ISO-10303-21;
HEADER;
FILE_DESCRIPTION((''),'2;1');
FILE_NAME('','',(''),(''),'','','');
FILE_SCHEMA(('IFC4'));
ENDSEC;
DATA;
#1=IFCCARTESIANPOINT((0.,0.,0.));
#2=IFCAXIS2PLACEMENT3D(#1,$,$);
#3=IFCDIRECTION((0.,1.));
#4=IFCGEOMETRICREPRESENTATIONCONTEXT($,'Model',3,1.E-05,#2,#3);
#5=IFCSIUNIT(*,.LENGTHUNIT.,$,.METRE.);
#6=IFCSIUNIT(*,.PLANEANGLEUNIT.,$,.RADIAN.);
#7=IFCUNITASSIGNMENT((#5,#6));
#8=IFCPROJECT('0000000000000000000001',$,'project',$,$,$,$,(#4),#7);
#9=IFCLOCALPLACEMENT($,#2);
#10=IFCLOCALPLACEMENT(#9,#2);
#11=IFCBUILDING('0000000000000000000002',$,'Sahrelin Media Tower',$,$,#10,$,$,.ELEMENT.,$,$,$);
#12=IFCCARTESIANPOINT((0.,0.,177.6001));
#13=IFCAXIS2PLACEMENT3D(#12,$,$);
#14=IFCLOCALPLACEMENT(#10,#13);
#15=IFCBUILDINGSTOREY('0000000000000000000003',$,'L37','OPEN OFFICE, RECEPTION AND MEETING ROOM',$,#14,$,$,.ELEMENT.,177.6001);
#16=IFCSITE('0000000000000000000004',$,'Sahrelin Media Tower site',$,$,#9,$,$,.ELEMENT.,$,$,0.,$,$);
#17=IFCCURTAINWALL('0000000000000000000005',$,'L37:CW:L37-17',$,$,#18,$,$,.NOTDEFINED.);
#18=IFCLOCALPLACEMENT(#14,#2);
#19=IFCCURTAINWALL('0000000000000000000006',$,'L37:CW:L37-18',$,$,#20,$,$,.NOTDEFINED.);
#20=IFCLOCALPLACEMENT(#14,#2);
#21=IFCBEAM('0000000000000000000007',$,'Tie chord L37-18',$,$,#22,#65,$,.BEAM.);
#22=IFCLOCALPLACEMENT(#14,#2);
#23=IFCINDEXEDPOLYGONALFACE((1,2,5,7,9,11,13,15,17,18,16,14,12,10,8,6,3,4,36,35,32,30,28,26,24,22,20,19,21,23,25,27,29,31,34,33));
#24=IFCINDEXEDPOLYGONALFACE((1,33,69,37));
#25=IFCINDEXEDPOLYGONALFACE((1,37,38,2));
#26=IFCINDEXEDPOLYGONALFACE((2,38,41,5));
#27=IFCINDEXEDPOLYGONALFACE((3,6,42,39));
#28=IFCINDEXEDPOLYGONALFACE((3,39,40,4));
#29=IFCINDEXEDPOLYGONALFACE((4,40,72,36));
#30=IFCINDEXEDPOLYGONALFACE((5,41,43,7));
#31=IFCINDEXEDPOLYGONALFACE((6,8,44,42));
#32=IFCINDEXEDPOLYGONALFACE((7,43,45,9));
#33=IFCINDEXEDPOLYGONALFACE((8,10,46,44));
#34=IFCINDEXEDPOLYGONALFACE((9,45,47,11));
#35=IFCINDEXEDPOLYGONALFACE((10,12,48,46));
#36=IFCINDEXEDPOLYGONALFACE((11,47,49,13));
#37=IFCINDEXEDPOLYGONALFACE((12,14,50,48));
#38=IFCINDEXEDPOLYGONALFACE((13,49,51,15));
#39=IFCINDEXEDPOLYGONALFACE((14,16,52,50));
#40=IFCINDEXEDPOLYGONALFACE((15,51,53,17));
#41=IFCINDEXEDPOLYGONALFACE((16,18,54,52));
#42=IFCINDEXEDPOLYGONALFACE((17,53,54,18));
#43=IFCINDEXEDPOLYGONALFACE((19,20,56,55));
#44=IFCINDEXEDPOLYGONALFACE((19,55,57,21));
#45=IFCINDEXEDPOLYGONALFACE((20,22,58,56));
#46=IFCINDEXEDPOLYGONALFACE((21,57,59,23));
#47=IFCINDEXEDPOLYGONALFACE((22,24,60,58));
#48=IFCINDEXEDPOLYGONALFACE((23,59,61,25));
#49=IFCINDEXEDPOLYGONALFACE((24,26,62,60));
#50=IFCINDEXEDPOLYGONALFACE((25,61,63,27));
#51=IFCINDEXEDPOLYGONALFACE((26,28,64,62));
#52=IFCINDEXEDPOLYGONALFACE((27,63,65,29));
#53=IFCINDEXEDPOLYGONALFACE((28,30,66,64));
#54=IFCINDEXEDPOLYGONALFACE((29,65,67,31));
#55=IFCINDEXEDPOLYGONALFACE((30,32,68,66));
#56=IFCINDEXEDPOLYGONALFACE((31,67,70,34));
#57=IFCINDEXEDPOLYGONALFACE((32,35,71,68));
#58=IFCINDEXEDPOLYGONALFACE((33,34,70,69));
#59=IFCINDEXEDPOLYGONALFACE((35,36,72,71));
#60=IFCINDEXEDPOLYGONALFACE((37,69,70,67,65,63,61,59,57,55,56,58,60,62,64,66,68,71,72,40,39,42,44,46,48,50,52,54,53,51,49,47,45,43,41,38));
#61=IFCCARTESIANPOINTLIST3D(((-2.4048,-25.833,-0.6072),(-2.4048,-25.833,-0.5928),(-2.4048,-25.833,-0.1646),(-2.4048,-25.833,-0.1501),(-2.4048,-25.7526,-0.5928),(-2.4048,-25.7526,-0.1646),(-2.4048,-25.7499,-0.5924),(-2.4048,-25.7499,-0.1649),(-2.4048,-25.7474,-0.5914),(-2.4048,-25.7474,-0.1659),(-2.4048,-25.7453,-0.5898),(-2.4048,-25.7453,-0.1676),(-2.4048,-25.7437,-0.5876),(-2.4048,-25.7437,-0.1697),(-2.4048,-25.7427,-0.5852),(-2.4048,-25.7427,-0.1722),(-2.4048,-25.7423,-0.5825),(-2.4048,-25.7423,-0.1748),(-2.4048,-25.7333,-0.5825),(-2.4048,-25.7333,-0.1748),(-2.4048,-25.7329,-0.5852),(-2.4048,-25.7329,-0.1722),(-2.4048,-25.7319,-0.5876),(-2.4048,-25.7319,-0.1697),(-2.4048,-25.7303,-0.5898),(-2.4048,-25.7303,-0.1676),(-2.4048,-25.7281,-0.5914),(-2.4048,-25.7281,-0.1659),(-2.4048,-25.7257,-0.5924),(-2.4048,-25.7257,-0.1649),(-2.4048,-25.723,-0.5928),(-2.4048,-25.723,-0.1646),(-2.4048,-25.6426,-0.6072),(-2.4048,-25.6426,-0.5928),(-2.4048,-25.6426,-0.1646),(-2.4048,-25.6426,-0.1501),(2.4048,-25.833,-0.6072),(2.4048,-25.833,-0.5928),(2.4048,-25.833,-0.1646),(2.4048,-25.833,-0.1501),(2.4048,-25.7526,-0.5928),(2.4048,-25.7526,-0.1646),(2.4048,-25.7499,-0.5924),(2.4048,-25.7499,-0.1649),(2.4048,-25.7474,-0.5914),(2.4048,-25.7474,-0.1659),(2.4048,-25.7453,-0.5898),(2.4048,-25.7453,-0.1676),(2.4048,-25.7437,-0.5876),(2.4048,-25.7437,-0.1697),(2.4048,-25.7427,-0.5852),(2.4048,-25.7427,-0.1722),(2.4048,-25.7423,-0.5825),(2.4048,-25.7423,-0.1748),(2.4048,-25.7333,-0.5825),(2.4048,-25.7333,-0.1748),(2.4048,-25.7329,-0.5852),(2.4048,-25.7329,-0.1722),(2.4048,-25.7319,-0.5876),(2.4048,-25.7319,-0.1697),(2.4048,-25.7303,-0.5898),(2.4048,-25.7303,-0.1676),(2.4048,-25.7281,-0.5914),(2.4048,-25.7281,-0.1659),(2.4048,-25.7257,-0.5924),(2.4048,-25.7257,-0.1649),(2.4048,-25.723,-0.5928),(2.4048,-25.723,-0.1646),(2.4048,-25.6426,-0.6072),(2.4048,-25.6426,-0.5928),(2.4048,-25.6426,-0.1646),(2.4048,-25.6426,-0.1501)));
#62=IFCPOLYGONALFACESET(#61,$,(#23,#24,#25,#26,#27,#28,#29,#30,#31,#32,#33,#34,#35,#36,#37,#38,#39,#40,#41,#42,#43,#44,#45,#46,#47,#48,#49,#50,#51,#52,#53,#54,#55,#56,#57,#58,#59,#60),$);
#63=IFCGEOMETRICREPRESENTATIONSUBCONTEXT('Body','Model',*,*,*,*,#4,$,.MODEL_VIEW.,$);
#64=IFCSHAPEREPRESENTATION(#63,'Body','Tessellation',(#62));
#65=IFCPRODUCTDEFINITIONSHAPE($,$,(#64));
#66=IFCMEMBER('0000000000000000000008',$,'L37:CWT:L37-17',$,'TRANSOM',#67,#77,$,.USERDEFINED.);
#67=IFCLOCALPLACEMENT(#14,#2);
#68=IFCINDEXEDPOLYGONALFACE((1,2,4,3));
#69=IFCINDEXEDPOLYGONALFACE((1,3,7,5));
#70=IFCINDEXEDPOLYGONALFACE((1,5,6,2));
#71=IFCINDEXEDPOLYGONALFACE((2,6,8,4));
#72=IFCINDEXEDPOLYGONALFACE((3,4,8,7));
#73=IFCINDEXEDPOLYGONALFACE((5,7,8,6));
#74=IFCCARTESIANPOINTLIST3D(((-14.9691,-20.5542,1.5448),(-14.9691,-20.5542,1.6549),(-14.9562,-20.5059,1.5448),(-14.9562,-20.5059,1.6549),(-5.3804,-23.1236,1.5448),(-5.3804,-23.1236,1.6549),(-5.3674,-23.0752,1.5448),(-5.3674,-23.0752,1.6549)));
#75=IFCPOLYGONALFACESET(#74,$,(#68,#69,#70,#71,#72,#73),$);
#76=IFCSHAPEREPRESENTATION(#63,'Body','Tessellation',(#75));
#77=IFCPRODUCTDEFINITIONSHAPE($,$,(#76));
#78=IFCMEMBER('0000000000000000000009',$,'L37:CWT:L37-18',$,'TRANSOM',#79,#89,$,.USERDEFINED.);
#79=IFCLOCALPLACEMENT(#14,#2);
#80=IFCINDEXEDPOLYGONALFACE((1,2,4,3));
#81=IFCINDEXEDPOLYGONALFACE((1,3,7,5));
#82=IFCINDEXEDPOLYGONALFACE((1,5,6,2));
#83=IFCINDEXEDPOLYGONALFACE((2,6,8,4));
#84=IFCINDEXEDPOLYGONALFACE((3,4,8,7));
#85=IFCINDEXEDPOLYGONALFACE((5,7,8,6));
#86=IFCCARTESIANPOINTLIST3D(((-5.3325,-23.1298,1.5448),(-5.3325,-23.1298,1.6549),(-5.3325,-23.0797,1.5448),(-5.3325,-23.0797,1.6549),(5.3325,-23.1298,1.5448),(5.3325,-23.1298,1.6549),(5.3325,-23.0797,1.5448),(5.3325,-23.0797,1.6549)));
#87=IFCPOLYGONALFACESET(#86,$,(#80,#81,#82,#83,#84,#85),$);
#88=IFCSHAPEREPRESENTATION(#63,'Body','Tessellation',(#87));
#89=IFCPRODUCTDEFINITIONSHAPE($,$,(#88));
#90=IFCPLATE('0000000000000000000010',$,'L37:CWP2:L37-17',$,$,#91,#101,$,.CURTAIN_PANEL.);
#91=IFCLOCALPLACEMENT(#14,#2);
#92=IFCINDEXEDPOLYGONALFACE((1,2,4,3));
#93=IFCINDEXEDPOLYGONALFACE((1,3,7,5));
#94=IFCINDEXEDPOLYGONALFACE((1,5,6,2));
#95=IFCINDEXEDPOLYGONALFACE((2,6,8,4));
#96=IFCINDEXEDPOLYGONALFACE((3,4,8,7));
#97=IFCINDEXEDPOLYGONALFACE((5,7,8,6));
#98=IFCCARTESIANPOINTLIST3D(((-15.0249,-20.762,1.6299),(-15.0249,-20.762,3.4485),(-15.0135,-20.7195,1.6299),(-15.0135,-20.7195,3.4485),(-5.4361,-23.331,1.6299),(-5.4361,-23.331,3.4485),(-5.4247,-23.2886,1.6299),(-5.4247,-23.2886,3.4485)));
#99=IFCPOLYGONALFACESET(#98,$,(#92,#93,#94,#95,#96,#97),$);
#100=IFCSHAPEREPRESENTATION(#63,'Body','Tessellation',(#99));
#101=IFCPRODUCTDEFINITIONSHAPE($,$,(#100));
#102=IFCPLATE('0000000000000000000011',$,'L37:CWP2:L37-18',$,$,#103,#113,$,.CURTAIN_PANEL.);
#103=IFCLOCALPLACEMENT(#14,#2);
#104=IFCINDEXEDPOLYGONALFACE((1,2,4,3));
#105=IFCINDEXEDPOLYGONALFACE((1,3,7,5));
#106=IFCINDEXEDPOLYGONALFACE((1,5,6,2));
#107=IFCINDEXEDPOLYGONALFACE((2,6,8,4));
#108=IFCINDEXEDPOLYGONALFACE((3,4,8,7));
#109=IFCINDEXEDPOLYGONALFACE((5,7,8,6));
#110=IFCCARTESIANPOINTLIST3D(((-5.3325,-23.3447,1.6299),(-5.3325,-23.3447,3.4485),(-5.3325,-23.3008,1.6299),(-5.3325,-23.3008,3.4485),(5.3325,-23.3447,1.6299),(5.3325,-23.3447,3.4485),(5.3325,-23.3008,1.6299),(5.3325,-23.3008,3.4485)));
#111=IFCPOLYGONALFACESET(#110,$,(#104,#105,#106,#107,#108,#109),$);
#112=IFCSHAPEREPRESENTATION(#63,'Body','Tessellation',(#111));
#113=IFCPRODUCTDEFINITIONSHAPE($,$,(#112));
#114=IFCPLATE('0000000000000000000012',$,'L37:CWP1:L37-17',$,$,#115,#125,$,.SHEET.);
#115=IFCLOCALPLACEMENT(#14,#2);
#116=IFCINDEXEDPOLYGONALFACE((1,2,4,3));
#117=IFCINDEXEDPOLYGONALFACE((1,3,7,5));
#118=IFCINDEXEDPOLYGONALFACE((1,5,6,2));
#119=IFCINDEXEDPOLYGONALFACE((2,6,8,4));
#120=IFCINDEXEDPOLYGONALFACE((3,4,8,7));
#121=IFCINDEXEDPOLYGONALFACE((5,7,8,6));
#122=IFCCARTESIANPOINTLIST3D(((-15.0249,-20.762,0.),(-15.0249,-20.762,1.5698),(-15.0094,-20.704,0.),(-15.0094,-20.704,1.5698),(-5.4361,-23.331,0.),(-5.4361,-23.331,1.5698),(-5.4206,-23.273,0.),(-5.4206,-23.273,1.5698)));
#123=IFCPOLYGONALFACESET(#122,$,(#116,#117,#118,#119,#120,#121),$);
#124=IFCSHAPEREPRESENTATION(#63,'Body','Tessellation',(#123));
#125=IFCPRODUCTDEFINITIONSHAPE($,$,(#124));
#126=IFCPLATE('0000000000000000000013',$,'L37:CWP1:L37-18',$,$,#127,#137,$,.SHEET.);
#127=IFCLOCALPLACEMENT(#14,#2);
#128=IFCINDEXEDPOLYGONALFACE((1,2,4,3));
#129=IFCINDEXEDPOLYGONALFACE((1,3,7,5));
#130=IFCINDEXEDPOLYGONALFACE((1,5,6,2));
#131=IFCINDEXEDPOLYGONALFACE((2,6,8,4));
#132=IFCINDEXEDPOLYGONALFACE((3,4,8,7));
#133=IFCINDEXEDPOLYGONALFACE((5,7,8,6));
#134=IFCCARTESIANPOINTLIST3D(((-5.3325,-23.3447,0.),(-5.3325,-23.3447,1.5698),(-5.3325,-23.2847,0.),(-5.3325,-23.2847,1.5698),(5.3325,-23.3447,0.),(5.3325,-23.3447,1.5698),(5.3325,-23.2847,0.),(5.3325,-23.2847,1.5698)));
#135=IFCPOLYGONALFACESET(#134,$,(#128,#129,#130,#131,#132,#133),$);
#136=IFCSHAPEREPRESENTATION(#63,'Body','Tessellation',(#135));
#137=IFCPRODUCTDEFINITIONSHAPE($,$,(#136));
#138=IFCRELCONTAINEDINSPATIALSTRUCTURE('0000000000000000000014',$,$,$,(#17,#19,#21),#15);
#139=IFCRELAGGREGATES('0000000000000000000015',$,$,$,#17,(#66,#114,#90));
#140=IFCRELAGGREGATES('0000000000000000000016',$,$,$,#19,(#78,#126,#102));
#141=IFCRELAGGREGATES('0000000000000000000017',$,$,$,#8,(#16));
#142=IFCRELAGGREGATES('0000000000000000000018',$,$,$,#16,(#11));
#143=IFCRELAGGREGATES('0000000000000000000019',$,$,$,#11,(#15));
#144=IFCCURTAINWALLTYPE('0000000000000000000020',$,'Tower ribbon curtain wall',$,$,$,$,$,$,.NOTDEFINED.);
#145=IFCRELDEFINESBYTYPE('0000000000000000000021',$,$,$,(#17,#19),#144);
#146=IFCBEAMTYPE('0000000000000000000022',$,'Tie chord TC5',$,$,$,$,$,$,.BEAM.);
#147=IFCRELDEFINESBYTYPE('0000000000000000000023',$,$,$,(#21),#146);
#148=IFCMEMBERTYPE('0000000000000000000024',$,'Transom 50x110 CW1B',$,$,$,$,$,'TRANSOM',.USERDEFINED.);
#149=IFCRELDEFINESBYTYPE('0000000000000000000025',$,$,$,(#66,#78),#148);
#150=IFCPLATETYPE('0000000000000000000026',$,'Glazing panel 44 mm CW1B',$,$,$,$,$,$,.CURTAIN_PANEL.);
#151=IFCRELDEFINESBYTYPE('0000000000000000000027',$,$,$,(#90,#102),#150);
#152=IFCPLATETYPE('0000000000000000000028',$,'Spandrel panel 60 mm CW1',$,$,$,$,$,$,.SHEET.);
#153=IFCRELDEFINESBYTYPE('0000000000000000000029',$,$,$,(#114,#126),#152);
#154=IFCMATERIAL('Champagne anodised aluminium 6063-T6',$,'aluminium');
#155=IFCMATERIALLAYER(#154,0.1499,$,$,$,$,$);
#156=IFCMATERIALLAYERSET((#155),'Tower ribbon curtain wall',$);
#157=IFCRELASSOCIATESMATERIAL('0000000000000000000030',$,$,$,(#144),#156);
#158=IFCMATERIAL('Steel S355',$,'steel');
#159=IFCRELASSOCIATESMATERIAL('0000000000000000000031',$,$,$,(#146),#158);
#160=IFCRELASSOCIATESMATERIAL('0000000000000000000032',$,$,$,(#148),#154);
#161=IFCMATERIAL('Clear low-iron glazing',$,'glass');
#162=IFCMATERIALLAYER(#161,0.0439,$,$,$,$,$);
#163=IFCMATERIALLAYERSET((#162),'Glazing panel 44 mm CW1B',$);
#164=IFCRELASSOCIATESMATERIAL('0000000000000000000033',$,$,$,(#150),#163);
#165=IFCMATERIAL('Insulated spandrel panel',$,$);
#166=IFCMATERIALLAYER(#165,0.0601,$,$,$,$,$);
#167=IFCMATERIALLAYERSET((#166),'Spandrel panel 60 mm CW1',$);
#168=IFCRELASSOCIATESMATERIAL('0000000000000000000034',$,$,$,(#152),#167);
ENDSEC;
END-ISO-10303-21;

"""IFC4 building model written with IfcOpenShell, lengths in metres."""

from ifc_helpers import new_model, si_unit, direction, frame, origin, origin_2d, place, context, subcontext, project, spatial, polyline, rectangle, i_section, outline, extrude, material, layer, layer_set, material_profile, profile_set, type_object, element, aggregate, save


model = new_model("IFC4")

# Units and contexts
model_context = context("Model", 3, precision=1e-05, world=origin(), true_north=direction((0.0, 1.0)))
body_context = subcontext(model_context, "Body", "Model", "MODEL_VIEW")
ifc_project = project(units=[si_unit("LENGTHUNIT", "METRE"), si_unit("PLANEANGLEUNIT", "RADIAN")], contexts=[model_context])

# Site, building, storey
site_placement = place(None, origin())
site = spatial("IfcSite", under=ifc_project, at=site_placement, Name="Sahrelin Media Tower site", CompositionType="ELEMENT", RefElevation=0.0)
building_placement = place(site_placement, origin())
building = spatial("IfcBuilding", under=site, at=building_placement, Name="Sahrelin Media Tower", CompositionType="ELEMENT")
storey_placement = place(building_placement, frame((0.0, 0.0, 177.6001)))
storey = spatial("IfcBuildingStorey", under=building, at=storey_placement, Name="L37", Description="OPEN OFFICE, RECEPTION AND MEETING ROOM", CompositionType="ELEMENT", Elevation=177.6001)

# Shared definitions
ifc_material_1 = material(Name="Steel S355", Category="steel")

# Curtain walls
ifc_material_2 = material(Name="Champagne anodised aluminium 6063-T6", Category="aluminium")
ifc_layer_1 = layer(ifc_material_2, 0.1499)
ifc_layer_set_1 = layer_set([ifc_layer_1], Name="Tower ribbon curtain wall")
curtain_wall_type = type_object("IfcCurtainWallType", Name="Tower ribbon curtain wall", PredefinedType="NOTDEFINED", material=ifc_layer_set_1)
curtain_wall_1_placement = place(storey_placement, frame((-10.2251, -22.0271, 0.0), z_axis=(0.0, 0.0, 1.0), x_axis=(1.0, 0.0, 0.0)))
curtain_wall_1 = element("IfcCurtainWall", 1, at=curtain_wall_1_placement, inside=storey, type_object=curtain_wall_type, Name="L37:CW:L37-17", PredefinedType="NOTDEFINED")
curtain_wall_2_placement = place(storey_placement, frame((0.0, -23.3247, 0.0), z_axis=(0.0, 0.0, 1.0), x_axis=(1.0, 0.0, 0.0)))
curtain_wall_2 = element("IfcCurtainWall", 2, at=curtain_wall_2_placement, inside=storey, type_object=curtain_wall_type, Name="L37:CW:L37-18", PredefinedType="NOTDEFINED")

# Beam
ifc_material_profile_1 = material_profile(ifc_material_1, i_section(OverallWidth=0.1904, OverallDepth=0.457, WebThickness=0.009, FlangeThickness=0.0144, FilletRadius=0.0103, at=origin_2d()), Name="UB 457x191x74")
ifc_profile_set_1 = profile_set([ifc_material_profile_1], Name="Steel S355")
beam_type_1 = type_object("IfcBeamType", Name="Tie chord TC5", PredefinedType="BEAM", material=ifc_profile_set_1)
beam_1_placement = place(storey_placement, frame((-2.4048, -25.7378, -0.3787), z_axis=(1.0, 0.0, 0.0), x_axis=(0.0, 1.0, 0.0)))
element("IfcBeam", 3, at=beam_1_placement, inside=storey, type_object=beam_type_1, Name="Tie chord L37-18", PredefinedType="BEAM", context=body_context, shape_type="SweptSolid", body=[
    extrude(i_section(OverallWidth=0.1904, OverallDepth=0.457, WebThickness=0.009, FlangeThickness=0.0144, FilletRadius=0.0103, at=origin_2d()), origin(), (0.0, 0.0, 1.0), 4.8096),
])

# Members
ifc_material_profile_2 = material_profile(ifc_material_2, rectangle(XDim=0.05, YDim=0.1101, at=origin_2d()), Name="Transom 50x110")
ifc_profile_set_2 = profile_set([ifc_material_profile_2], Name="Champagne anodised aluminium 6063-T6")
member_type_1 = type_object("IfcMemberType", Name="Transom 50x110 CW1B", ElementType="TRANSOM", PredefinedType="USERDEFINED", material=ifc_profile_set_2)
member_1_placement = place(storey_placement, frame((-14.9626, -20.53, 1.5999), z_axis=(0.965924, -0.258826, 0.0), x_axis=(0.258826, 0.965924, 0.0)))
member_1 = element("IfcMember", 4, at=member_1_placement, type_object=member_type_1, Name="L37:CWT:L37-17", ObjectType="TRANSOM", PredefinedType="USERDEFINED", context=body_context, shape_type="SweptSolid", body=[
    extrude(rectangle(XDim=0.05, YDim=0.1101, at=origin_2d()), origin(), (0.0, 0.0, 1.0), 9.927),
])
member_2_placement = place(storey_placement, frame((-5.3325, -23.1047, 1.5999), z_axis=(1.0, 0.0, 0.0), x_axis=(0.0, 1.0, 0.0)))
member_2 = element("IfcMember", 5, at=member_2_placement, type_object=member_type_1, Name="L37:CWT:L37-18", ObjectType="TRANSOM", PredefinedType="USERDEFINED", context=body_context, shape_type="SweptSolid", body=[
    extrude(rectangle(XDim=0.05, YDim=0.1101, at=origin_2d()), origin(), (0.0, 0.0, 1.0), 10.665),
])

# Plates
ifc_material_3 = material(Name="Clear low-iron glazing", Category="glass")
ifc_layer_2 = layer(ifc_material_3, 0.0439)
ifc_layer_set_2 = layer_set([ifc_layer_2], Name="Glazing panel 44 mm CW1B")
plate_type_1 = type_object("IfcPlateType", Name="Glazing panel 44 mm CW1B", PredefinedType="CURTAIN_PANEL", material=ifc_layer_set_2)
plate_1_placement = place(storey_placement, frame((-15.0249, -20.762, 1.6299), z_axis=(-0.258797, -0.965932, 0.0), x_axis=(0.965932, -0.258797, 0.0)))
plate_1 = element("IfcPlate", 6, at=plate_1_placement, type_object=plate_type_1, Name="L37:CWP2:L37-17", PredefinedType="CURTAIN_PANEL", context=body_context, shape_type="SweptSolid", body=[
    extrude(outline(polyline([(0.0, 0.0), (9.927, 0.0), (9.927, 1.8186), (0.0, 1.8186), (0.0, 0.0)])), origin(), (0.0, 0.0, -1.0), 0.0439),
])
plate_2_placement = place(storey_placement, frame((-5.3325, -23.3447, 1.6299), z_axis=(0.0, -1.0, 0.0), x_axis=(1.0, 0.0, 0.0)))
plate_2 = element("IfcPlate", 7, at=plate_2_placement, type_object=plate_type_1, Name="L37:CWP2:L37-18", PredefinedType="CURTAIN_PANEL", context=body_context, shape_type="SweptSolid", body=[
    extrude(outline(polyline([(0.0, 0.0), (10.665, 0.0), (10.665, 1.8186), (0.0, 1.8186), (0.0, 0.0)])), origin(), (0.0, 0.0, -1.0), 0.0439),
])
ifc_material_4 = material(Name="Insulated spandrel panel")
ifc_layer_3 = layer(ifc_material_4, 0.0601)
ifc_layer_set_3 = layer_set([ifc_layer_3], Name="Spandrel panel 60 mm CW1")
plate_type_2 = type_object("IfcPlateType", Name="Spandrel panel 60 mm CW1", PredefinedType="SHEET", material=ifc_layer_set_3)
plate_3_placement = place(storey_placement, frame((-15.0249, -20.762, 0.0), z_axis=(-0.258797, -0.965932, 0.0), x_axis=(0.965932, -0.258797, 0.0)))
plate_3 = element("IfcPlate", 8, at=plate_3_placement, type_object=plate_type_2, Name="L37:CWP1:L37-17", PredefinedType="SHEET", context=body_context, shape_type="SweptSolid", body=[
    extrude(outline(polyline([(0.0, 0.0), (9.927, 0.0), (9.927, 1.5698), (0.0, 1.5698), (0.0, 0.0)])), origin(), (0.0, 0.0, -1.0), 0.0601),
])
aggregate(curtain_wall_1, [member_1, plate_3, plate_1])
plate_4_placement = place(storey_placement, frame((-5.3325, -23.3447, 0.0), z_axis=(0.0, -1.0, 0.0), x_axis=(1.0, 0.0, 0.0)))
plate_4 = element("IfcPlate", 9, at=plate_4_placement, type_object=plate_type_2, Name="L37:CWP1:L37-18", PredefinedType="SHEET", context=body_context, shape_type="SweptSolid", body=[
    extrude(outline(polyline([(0.0, 0.0), (10.665, 0.0), (10.665, 1.5698), (0.0, 1.5698), (0.0, 0.0)])), origin(), (0.0, 0.0, -1.0), 0.0601),
])
aggregate(curtain_wall_2, [member_2, plate_4, plate_2])

save(model, "model.ifc")
